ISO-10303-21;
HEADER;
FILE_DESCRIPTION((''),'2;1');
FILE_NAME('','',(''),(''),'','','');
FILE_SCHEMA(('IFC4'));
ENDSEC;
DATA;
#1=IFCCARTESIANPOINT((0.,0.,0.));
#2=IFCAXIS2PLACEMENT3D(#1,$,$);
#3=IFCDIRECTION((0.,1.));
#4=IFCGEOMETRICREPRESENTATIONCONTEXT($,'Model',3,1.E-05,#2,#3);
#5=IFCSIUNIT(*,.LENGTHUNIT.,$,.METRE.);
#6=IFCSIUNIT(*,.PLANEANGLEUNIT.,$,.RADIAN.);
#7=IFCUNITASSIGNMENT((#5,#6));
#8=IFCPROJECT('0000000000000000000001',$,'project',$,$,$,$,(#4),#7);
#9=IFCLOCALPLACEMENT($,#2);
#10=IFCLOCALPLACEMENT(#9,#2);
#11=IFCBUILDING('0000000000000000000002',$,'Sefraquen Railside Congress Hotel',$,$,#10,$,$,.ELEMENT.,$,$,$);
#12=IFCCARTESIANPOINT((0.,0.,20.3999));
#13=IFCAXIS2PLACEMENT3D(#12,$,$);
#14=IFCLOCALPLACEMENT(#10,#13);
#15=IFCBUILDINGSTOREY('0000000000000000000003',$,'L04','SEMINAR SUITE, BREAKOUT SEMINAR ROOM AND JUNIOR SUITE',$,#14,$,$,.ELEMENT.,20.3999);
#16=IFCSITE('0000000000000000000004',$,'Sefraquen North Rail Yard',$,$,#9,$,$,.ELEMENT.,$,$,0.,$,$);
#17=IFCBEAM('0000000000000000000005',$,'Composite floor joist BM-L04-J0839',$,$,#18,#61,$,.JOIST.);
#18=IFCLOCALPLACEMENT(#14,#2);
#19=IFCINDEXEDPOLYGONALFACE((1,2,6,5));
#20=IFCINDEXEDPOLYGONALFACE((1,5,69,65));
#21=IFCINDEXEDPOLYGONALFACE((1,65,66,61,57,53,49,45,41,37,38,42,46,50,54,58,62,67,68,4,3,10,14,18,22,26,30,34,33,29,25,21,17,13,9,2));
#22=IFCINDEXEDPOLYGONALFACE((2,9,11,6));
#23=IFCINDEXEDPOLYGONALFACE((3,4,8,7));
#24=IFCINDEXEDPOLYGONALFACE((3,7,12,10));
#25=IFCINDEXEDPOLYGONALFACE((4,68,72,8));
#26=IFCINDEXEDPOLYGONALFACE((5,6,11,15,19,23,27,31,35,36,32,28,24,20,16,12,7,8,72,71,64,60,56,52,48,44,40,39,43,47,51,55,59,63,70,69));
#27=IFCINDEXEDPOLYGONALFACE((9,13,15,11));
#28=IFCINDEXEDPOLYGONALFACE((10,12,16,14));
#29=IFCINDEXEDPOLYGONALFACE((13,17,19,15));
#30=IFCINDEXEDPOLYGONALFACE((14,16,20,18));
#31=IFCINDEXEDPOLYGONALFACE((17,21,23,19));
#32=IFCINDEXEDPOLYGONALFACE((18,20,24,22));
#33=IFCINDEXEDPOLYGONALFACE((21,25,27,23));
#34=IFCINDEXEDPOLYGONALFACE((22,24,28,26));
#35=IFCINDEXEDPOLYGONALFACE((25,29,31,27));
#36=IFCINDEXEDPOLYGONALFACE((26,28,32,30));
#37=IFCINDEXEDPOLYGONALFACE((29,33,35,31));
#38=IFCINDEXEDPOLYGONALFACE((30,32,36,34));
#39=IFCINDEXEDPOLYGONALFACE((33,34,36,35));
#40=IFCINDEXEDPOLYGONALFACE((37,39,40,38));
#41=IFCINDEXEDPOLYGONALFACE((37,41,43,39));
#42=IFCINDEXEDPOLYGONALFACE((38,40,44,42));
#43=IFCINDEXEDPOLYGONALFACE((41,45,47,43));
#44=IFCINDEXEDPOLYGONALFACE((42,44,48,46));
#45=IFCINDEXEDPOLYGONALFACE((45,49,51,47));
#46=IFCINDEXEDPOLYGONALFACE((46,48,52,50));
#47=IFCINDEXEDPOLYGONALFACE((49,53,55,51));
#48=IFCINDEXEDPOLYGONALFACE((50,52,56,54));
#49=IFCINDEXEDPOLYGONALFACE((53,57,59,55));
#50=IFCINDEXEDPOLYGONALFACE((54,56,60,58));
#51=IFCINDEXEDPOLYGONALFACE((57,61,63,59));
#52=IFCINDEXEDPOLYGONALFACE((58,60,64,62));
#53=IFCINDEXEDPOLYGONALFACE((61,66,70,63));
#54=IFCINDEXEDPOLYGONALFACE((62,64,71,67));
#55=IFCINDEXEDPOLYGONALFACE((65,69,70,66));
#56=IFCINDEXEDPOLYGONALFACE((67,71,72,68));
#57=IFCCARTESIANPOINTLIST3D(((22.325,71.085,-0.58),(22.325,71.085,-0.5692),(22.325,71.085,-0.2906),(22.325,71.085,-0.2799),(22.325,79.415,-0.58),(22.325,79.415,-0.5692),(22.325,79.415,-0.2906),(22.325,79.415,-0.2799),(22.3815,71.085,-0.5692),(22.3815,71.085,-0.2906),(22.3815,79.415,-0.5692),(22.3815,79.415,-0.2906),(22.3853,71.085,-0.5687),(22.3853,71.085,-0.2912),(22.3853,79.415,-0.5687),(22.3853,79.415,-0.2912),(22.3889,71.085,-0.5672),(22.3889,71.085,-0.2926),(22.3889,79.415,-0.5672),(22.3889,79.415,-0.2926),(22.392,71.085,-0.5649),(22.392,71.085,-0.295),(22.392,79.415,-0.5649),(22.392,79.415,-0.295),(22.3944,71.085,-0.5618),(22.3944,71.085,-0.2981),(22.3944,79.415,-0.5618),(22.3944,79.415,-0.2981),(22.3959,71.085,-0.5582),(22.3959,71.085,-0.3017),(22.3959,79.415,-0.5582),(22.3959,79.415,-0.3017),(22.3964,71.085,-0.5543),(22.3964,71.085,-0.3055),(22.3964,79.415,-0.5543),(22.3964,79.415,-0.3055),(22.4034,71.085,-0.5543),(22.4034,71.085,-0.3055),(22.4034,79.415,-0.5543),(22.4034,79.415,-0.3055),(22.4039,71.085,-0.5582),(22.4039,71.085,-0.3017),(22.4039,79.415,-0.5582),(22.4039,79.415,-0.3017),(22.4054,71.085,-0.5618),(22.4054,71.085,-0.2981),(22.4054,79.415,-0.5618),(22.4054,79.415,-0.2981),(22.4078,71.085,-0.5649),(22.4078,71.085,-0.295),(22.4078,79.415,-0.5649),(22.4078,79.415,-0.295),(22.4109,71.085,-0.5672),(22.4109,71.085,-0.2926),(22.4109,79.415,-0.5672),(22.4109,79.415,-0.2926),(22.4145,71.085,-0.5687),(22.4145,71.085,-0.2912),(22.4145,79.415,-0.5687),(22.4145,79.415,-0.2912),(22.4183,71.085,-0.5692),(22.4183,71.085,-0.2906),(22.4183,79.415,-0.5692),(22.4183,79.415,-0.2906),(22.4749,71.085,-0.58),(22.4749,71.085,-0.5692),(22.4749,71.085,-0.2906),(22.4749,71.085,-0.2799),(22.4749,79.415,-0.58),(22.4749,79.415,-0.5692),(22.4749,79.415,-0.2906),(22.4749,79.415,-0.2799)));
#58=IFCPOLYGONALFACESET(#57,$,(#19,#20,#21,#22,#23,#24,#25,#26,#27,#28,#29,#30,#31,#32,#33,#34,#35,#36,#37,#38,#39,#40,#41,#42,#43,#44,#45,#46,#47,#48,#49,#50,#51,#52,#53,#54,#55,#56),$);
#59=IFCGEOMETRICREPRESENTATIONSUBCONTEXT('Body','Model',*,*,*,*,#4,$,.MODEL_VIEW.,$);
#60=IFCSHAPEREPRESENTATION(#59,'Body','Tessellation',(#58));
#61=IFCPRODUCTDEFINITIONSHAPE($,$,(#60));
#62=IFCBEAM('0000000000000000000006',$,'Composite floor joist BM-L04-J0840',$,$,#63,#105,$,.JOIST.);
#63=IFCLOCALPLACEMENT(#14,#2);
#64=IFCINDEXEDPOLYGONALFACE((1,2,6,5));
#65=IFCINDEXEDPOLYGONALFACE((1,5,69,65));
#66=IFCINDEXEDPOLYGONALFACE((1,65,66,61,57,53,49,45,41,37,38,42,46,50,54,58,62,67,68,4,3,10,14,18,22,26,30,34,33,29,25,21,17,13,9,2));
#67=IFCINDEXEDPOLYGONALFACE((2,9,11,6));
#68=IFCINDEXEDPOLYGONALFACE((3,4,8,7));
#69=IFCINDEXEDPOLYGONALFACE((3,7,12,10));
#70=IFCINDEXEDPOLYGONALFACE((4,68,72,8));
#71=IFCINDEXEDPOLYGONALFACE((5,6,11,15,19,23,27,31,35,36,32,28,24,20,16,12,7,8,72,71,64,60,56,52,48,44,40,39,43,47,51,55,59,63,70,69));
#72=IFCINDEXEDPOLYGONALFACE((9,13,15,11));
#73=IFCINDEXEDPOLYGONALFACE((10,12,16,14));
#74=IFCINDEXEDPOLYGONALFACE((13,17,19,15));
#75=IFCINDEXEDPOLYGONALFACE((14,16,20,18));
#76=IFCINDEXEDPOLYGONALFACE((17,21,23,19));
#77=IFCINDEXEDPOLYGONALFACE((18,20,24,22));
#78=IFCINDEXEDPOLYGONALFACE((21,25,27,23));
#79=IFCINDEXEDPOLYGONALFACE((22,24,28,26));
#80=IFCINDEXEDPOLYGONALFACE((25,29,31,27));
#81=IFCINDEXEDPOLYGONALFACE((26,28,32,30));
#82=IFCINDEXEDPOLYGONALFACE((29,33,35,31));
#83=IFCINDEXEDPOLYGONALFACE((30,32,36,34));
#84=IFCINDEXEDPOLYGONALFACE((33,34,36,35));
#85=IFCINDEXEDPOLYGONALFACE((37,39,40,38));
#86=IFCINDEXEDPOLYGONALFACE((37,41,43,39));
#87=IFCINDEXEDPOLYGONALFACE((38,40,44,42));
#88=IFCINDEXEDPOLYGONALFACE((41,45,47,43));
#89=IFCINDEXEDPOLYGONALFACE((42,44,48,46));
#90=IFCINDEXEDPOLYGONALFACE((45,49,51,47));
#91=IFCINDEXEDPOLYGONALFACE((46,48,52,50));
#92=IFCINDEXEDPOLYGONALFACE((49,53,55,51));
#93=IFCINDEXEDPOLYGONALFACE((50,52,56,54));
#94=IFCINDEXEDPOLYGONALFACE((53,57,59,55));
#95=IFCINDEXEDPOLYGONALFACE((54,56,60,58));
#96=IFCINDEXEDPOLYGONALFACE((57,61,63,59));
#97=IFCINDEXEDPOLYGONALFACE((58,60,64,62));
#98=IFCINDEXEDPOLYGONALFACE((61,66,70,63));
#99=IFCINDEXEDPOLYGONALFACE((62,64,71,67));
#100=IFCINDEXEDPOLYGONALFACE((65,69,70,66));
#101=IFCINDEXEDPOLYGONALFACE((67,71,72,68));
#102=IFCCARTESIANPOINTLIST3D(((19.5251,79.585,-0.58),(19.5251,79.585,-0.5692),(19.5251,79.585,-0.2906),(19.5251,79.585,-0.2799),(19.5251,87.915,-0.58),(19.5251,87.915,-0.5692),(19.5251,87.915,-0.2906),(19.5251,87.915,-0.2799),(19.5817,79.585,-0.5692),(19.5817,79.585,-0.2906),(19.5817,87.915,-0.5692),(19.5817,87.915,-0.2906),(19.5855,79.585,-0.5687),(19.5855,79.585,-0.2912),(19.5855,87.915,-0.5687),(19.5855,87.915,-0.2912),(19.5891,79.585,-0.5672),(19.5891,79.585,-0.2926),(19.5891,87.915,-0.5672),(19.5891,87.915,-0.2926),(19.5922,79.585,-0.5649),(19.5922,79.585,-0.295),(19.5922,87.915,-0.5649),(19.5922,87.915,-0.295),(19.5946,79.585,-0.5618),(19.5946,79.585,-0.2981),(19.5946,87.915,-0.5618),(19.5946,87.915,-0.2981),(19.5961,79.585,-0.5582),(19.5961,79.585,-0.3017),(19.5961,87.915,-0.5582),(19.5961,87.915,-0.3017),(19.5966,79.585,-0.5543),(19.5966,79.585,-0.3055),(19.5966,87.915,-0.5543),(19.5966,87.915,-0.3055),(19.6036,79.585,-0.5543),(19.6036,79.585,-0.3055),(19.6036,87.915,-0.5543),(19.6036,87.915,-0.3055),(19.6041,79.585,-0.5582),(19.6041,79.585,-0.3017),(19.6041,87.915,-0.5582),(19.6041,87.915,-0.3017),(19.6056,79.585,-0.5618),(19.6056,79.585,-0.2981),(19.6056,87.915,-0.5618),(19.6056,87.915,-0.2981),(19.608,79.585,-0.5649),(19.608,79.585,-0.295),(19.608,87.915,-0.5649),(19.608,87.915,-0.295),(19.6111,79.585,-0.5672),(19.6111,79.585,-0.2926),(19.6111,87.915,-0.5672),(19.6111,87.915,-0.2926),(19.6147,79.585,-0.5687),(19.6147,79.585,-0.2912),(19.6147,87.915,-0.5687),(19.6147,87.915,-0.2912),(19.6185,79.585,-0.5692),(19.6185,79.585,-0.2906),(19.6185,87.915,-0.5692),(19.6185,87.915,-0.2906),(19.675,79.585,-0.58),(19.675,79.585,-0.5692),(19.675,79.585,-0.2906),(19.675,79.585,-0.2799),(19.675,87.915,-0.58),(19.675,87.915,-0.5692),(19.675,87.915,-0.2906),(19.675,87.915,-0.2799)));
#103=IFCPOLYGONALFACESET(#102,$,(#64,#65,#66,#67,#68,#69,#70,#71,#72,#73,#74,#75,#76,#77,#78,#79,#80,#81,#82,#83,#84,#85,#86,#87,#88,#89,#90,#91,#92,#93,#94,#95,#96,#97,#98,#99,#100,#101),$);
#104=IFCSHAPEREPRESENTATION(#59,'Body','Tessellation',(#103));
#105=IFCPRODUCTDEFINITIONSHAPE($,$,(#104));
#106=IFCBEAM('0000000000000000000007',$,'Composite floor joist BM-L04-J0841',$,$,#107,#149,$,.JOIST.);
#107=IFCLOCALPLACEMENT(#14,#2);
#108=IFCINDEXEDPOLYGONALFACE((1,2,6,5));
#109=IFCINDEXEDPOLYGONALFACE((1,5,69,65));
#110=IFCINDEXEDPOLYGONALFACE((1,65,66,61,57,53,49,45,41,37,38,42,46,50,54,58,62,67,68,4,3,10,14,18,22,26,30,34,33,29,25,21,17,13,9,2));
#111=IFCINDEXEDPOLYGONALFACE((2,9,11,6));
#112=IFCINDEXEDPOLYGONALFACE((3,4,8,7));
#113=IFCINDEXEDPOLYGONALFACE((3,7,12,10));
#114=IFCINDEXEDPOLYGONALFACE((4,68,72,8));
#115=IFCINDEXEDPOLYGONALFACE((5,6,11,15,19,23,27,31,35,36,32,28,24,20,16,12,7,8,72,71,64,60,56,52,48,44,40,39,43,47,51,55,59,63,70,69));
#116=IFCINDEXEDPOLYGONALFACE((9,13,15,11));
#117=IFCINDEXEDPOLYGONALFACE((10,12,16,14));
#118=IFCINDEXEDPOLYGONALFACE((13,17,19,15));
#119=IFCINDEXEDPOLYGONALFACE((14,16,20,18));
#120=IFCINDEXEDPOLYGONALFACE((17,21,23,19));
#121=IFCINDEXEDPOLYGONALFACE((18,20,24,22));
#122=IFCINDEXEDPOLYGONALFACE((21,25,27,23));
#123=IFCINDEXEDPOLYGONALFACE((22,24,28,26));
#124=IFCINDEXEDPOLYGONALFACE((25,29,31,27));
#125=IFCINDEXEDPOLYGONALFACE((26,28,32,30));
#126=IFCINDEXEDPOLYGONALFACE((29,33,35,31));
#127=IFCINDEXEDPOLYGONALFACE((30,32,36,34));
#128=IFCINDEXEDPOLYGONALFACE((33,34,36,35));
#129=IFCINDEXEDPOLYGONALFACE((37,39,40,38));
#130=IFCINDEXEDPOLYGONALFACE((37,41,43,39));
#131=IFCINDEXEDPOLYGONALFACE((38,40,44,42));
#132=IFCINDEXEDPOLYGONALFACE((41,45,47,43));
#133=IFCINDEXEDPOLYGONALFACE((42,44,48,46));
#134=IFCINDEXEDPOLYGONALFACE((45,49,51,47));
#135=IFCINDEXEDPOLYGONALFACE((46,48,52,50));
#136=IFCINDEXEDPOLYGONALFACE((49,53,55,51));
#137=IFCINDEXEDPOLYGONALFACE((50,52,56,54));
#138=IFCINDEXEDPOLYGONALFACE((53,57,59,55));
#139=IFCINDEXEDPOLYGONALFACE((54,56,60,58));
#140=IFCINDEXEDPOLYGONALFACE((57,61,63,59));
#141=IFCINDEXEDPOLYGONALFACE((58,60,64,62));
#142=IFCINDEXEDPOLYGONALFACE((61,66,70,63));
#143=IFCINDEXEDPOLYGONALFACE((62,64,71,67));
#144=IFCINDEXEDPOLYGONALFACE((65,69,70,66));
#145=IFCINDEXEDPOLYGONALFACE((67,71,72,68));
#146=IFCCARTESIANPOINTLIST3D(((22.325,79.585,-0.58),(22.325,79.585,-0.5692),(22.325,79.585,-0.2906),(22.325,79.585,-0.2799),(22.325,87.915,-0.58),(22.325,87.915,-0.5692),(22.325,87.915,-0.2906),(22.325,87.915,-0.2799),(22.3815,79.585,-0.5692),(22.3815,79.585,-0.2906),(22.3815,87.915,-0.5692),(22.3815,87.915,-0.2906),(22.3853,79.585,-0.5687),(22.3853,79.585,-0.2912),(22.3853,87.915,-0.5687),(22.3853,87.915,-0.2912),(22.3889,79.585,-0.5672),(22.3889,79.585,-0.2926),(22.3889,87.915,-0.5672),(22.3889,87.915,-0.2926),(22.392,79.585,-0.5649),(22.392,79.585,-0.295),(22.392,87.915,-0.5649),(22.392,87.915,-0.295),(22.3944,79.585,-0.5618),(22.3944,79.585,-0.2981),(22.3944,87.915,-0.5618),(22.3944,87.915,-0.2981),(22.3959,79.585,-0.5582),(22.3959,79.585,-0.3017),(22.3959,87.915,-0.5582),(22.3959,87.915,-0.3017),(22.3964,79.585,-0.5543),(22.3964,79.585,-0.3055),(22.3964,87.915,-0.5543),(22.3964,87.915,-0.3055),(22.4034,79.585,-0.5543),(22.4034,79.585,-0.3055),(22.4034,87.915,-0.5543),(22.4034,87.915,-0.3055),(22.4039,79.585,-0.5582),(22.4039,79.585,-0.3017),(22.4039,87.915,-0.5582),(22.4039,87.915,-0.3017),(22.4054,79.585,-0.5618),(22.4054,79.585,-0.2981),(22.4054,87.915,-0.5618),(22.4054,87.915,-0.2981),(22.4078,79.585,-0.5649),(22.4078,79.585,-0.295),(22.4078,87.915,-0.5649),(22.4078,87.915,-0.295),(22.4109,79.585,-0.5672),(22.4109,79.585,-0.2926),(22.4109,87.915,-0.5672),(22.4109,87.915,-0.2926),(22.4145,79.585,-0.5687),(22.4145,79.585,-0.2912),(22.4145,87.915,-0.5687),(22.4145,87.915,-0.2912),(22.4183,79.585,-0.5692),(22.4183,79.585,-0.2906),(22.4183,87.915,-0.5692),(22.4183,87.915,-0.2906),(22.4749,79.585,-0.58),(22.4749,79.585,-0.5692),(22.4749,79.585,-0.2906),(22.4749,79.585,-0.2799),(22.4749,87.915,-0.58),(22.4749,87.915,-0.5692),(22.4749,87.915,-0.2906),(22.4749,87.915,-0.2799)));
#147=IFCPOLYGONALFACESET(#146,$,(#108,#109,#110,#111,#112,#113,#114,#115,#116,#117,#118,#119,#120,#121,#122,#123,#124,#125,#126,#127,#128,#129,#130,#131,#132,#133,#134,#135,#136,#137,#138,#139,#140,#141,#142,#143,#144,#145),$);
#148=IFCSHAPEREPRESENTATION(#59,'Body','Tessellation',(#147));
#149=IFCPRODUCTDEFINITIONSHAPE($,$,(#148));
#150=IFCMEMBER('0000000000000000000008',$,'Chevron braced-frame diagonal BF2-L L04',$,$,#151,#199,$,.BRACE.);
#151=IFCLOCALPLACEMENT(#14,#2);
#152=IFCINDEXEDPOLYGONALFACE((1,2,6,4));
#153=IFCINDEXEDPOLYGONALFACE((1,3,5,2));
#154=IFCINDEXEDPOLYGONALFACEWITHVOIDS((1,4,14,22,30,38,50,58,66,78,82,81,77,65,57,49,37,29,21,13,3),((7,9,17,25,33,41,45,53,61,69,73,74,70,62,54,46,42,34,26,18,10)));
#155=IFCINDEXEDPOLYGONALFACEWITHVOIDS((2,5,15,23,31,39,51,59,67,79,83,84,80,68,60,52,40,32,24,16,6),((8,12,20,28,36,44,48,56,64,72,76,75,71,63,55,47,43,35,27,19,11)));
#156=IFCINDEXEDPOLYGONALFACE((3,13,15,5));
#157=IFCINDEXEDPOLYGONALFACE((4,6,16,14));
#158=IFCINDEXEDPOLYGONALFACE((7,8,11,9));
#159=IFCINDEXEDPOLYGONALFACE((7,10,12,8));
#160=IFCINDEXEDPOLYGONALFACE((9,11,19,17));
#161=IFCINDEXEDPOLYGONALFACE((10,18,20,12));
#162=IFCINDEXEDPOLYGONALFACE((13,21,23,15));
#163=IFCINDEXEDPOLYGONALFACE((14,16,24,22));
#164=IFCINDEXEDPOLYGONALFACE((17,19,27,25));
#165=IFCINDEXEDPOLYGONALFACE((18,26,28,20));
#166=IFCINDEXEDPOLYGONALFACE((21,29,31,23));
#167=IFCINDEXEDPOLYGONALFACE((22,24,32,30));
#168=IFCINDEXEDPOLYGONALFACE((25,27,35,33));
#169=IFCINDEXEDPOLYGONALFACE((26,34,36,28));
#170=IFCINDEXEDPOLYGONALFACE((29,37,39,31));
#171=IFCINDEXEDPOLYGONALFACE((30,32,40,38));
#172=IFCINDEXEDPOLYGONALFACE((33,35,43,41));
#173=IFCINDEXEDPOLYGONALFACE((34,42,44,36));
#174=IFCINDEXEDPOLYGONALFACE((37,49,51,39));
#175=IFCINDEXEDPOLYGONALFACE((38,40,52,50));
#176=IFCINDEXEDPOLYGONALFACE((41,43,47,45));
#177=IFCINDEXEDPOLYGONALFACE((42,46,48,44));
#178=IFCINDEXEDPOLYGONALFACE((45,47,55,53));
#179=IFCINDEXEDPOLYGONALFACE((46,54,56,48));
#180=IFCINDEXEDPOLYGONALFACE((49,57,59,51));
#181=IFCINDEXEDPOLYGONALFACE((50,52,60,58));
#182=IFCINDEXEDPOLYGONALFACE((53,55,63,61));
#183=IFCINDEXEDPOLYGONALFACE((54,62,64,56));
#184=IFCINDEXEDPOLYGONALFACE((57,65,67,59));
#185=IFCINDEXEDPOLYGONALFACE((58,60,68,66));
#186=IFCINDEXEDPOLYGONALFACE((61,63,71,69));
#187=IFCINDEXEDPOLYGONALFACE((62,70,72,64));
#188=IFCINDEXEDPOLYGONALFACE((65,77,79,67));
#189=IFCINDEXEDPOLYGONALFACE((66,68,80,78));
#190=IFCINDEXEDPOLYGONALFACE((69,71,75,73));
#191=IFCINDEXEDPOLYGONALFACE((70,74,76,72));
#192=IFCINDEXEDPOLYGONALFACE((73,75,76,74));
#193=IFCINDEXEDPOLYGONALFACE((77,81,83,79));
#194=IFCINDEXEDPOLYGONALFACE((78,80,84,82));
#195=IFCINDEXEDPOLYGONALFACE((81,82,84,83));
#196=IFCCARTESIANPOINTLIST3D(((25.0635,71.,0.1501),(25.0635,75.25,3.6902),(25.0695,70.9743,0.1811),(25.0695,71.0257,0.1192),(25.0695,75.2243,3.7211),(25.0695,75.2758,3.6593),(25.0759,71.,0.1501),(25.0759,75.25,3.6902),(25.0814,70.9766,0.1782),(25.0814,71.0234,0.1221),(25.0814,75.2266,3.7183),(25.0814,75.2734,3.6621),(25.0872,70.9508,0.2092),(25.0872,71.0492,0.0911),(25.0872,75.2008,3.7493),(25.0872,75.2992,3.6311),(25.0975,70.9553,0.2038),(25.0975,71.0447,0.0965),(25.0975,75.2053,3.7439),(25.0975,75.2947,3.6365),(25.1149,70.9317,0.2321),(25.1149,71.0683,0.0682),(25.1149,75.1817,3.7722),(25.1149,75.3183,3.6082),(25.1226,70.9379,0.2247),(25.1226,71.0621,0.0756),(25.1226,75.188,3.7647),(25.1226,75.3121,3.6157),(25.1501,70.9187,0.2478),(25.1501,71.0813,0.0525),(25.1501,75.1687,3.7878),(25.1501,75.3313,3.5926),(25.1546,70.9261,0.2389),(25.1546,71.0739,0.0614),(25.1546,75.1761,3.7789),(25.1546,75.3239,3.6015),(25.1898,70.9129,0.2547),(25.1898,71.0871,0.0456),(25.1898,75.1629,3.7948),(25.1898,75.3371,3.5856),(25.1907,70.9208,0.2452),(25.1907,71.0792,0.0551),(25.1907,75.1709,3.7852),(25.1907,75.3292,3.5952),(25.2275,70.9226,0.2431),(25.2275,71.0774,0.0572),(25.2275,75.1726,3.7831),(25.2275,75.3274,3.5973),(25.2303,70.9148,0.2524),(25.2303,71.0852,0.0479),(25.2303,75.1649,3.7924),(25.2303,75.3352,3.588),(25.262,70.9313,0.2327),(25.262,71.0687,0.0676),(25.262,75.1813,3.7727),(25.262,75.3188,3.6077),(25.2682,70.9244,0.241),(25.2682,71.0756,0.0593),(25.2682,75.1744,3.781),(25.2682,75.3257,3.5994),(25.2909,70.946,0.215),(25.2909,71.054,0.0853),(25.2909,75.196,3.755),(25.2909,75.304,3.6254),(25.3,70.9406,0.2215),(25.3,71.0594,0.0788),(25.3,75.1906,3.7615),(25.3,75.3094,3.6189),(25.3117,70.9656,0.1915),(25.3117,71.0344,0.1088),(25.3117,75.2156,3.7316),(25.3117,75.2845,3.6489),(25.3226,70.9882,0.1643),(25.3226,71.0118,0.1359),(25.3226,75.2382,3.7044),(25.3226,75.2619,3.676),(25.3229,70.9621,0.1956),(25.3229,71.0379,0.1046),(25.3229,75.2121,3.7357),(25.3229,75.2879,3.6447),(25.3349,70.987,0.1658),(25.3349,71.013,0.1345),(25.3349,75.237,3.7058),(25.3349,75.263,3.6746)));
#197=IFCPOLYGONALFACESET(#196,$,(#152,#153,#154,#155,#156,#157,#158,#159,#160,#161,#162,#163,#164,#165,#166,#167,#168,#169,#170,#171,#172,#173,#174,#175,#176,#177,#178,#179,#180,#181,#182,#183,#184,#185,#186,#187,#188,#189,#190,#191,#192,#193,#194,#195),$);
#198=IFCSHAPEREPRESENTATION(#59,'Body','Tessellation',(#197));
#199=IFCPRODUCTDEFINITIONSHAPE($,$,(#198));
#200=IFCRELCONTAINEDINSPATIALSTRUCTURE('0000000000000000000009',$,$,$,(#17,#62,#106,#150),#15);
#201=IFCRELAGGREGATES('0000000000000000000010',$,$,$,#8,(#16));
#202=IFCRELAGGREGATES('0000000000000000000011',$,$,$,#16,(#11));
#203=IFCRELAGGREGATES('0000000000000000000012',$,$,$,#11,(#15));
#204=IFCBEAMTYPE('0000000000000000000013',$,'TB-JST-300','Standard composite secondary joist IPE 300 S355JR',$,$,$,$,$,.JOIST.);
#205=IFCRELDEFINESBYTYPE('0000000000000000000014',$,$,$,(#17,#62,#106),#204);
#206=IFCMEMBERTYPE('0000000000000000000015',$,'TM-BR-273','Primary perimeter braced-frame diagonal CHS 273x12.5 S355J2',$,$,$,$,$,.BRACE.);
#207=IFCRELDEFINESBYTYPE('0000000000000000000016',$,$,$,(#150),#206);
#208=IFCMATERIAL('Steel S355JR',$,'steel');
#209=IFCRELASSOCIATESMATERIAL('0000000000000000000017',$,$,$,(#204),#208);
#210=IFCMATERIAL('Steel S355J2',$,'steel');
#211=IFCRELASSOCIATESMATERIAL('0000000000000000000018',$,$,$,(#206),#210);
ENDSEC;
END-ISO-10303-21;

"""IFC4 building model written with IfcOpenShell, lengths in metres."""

from ifc_helpers import new_model, si_unit, direction, frame, origin, origin_2d, place, context, subcontext, project, spatial, hollow_circle, i_section, extrude, material, material_profile, profile_set, type_object, element, save


model = new_model("IFC4")

# Units and contexts
model_context = context("Model", 3, precision=1e-05, world=origin(), true_north=direction((0.0, 1.0)))
body_context = subcontext(model_context, "Body", "Model", "MODEL_VIEW")
ifc_project = project(units=[si_unit("LENGTHUNIT", "METRE"), si_unit("PLANEANGLEUNIT", "RADIAN")], contexts=[model_context])

# Site, building, storey
site_placement = place(None, origin())
site = spatial("IfcSite", under=ifc_project, at=site_placement, Name="Sefraquen North Rail Yard", CompositionType="ELEMENT", RefElevation=0.0)
building_placement = place(site_placement, origin())
building = spatial("IfcBuilding", under=site, at=building_placement, Name="Sefraquen Railside Congress Hotel", CompositionType="ELEMENT")
storey_placement = place(building_placement, frame((0.0, 0.0, 20.3999)))
storey = spatial("IfcBuildingStorey", under=building, at=storey_placement, Name="L04", Description="SEMINAR SUITE, BREAKOUT SEMINAR ROOM AND JUNIOR SUITE", CompositionType="ELEMENT", Elevation=20.3999)

# Shared definitions
ifc_material_1 = material(Name="Steel S355JR", Category="steel")

# Beams
ifc_material_profile_1 = material_profile(ifc_material_1, i_section(OverallWidth=0.1499, OverallDepth=0.3, WebThickness=0.0071, FlangeThickness=0.0107, FilletRadius=0.0149, at=origin_2d()), Name="IPE 300")
ifc_profile_set_1 = profile_set([ifc_material_profile_1], Name="Steel S355JR")
beam_type_1 = type_object("IfcBeamType", Name="TB-JST-300", Description="Standard composite secondary joist IPE 300 S355JR", PredefinedType="JOIST", material=ifc_profile_set_1)
for number, where, z_axis, x_axis, name in (
    (1, (22.3999, 71.085, -0.4299), (0.0, 1.0, 0.0), (-1.0, 0.0, 0.0), "Composite floor joist BM-L04-J0839"),
    (2, (19.6001, 79.585, -0.4299), (0.0, 1.0, 0.0), (-1.0, 0.0, 0.0), "Composite floor joist BM-L04-J0840"),
    (3, (22.3999, 79.585, -0.4299), (0.0, 1.0, 0.0), (-1.0, 0.0, 0.0), "Composite floor joist BM-L04-J0841"),
):
    element("IfcBeam", number, at=place(storey_placement, frame(where, z_axis=z_axis, x_axis=x_axis)), inside=storey, type_object=beam_type_1, Name=name, PredefinedType="JOIST", context=body_context, shape_type="SweptSolid", body=[
        extrude(i_section(OverallWidth=0.1499, OverallDepth=0.3, WebThickness=0.0071, FlangeThickness=0.0107, FilletRadius=0.0149, at=origin_2d()), origin(), (0.0, 0.0, 1.0), 8.3301),
    ])

# Member
ifc_material_2 = material(Name="Steel S355J2", Category="steel")
ifc_material_profile_2 = material_profile(ifc_material_2, hollow_circle(Radius=0.1365, WallThickness=0.0125, at=origin_2d()), Name="CHS 273x12.5")
ifc_profile_set_2 = profile_set([ifc_material_profile_2], Name="Steel S355J2")
member_type = type_object("IfcMemberType", Name="TM-BR-273", Description="Primary perimeter braced-frame diagonal CHS 273x12.5 S355J2", PredefinedType="BRACE", material=ifc_profile_set_2)
for number, where, z_axis, x_axis, name in (
    (4, (25.2, 71.0, 0.1501), (0.0, 0.768366, 0.640011), (-1.0, 0.0, 0.0), "Chevron braced-frame diagonal BF2-L L04"),
):
    element("IfcMember", number, at=place(storey_placement, frame(where, z_axis=z_axis, x_axis=x_axis)), inside=storey, type_object=member_type, Name=name, PredefinedType="BRACE", context=body_context, shape_type="SweptSolid", body=[
        extrude(hollow_circle(Radius=0.1365, WallThickness=0.0125, at=origin_2d()), origin(), (0.0, 0.0, 1.0), 5.5312),
    ])

save(model, "model.ifc")
